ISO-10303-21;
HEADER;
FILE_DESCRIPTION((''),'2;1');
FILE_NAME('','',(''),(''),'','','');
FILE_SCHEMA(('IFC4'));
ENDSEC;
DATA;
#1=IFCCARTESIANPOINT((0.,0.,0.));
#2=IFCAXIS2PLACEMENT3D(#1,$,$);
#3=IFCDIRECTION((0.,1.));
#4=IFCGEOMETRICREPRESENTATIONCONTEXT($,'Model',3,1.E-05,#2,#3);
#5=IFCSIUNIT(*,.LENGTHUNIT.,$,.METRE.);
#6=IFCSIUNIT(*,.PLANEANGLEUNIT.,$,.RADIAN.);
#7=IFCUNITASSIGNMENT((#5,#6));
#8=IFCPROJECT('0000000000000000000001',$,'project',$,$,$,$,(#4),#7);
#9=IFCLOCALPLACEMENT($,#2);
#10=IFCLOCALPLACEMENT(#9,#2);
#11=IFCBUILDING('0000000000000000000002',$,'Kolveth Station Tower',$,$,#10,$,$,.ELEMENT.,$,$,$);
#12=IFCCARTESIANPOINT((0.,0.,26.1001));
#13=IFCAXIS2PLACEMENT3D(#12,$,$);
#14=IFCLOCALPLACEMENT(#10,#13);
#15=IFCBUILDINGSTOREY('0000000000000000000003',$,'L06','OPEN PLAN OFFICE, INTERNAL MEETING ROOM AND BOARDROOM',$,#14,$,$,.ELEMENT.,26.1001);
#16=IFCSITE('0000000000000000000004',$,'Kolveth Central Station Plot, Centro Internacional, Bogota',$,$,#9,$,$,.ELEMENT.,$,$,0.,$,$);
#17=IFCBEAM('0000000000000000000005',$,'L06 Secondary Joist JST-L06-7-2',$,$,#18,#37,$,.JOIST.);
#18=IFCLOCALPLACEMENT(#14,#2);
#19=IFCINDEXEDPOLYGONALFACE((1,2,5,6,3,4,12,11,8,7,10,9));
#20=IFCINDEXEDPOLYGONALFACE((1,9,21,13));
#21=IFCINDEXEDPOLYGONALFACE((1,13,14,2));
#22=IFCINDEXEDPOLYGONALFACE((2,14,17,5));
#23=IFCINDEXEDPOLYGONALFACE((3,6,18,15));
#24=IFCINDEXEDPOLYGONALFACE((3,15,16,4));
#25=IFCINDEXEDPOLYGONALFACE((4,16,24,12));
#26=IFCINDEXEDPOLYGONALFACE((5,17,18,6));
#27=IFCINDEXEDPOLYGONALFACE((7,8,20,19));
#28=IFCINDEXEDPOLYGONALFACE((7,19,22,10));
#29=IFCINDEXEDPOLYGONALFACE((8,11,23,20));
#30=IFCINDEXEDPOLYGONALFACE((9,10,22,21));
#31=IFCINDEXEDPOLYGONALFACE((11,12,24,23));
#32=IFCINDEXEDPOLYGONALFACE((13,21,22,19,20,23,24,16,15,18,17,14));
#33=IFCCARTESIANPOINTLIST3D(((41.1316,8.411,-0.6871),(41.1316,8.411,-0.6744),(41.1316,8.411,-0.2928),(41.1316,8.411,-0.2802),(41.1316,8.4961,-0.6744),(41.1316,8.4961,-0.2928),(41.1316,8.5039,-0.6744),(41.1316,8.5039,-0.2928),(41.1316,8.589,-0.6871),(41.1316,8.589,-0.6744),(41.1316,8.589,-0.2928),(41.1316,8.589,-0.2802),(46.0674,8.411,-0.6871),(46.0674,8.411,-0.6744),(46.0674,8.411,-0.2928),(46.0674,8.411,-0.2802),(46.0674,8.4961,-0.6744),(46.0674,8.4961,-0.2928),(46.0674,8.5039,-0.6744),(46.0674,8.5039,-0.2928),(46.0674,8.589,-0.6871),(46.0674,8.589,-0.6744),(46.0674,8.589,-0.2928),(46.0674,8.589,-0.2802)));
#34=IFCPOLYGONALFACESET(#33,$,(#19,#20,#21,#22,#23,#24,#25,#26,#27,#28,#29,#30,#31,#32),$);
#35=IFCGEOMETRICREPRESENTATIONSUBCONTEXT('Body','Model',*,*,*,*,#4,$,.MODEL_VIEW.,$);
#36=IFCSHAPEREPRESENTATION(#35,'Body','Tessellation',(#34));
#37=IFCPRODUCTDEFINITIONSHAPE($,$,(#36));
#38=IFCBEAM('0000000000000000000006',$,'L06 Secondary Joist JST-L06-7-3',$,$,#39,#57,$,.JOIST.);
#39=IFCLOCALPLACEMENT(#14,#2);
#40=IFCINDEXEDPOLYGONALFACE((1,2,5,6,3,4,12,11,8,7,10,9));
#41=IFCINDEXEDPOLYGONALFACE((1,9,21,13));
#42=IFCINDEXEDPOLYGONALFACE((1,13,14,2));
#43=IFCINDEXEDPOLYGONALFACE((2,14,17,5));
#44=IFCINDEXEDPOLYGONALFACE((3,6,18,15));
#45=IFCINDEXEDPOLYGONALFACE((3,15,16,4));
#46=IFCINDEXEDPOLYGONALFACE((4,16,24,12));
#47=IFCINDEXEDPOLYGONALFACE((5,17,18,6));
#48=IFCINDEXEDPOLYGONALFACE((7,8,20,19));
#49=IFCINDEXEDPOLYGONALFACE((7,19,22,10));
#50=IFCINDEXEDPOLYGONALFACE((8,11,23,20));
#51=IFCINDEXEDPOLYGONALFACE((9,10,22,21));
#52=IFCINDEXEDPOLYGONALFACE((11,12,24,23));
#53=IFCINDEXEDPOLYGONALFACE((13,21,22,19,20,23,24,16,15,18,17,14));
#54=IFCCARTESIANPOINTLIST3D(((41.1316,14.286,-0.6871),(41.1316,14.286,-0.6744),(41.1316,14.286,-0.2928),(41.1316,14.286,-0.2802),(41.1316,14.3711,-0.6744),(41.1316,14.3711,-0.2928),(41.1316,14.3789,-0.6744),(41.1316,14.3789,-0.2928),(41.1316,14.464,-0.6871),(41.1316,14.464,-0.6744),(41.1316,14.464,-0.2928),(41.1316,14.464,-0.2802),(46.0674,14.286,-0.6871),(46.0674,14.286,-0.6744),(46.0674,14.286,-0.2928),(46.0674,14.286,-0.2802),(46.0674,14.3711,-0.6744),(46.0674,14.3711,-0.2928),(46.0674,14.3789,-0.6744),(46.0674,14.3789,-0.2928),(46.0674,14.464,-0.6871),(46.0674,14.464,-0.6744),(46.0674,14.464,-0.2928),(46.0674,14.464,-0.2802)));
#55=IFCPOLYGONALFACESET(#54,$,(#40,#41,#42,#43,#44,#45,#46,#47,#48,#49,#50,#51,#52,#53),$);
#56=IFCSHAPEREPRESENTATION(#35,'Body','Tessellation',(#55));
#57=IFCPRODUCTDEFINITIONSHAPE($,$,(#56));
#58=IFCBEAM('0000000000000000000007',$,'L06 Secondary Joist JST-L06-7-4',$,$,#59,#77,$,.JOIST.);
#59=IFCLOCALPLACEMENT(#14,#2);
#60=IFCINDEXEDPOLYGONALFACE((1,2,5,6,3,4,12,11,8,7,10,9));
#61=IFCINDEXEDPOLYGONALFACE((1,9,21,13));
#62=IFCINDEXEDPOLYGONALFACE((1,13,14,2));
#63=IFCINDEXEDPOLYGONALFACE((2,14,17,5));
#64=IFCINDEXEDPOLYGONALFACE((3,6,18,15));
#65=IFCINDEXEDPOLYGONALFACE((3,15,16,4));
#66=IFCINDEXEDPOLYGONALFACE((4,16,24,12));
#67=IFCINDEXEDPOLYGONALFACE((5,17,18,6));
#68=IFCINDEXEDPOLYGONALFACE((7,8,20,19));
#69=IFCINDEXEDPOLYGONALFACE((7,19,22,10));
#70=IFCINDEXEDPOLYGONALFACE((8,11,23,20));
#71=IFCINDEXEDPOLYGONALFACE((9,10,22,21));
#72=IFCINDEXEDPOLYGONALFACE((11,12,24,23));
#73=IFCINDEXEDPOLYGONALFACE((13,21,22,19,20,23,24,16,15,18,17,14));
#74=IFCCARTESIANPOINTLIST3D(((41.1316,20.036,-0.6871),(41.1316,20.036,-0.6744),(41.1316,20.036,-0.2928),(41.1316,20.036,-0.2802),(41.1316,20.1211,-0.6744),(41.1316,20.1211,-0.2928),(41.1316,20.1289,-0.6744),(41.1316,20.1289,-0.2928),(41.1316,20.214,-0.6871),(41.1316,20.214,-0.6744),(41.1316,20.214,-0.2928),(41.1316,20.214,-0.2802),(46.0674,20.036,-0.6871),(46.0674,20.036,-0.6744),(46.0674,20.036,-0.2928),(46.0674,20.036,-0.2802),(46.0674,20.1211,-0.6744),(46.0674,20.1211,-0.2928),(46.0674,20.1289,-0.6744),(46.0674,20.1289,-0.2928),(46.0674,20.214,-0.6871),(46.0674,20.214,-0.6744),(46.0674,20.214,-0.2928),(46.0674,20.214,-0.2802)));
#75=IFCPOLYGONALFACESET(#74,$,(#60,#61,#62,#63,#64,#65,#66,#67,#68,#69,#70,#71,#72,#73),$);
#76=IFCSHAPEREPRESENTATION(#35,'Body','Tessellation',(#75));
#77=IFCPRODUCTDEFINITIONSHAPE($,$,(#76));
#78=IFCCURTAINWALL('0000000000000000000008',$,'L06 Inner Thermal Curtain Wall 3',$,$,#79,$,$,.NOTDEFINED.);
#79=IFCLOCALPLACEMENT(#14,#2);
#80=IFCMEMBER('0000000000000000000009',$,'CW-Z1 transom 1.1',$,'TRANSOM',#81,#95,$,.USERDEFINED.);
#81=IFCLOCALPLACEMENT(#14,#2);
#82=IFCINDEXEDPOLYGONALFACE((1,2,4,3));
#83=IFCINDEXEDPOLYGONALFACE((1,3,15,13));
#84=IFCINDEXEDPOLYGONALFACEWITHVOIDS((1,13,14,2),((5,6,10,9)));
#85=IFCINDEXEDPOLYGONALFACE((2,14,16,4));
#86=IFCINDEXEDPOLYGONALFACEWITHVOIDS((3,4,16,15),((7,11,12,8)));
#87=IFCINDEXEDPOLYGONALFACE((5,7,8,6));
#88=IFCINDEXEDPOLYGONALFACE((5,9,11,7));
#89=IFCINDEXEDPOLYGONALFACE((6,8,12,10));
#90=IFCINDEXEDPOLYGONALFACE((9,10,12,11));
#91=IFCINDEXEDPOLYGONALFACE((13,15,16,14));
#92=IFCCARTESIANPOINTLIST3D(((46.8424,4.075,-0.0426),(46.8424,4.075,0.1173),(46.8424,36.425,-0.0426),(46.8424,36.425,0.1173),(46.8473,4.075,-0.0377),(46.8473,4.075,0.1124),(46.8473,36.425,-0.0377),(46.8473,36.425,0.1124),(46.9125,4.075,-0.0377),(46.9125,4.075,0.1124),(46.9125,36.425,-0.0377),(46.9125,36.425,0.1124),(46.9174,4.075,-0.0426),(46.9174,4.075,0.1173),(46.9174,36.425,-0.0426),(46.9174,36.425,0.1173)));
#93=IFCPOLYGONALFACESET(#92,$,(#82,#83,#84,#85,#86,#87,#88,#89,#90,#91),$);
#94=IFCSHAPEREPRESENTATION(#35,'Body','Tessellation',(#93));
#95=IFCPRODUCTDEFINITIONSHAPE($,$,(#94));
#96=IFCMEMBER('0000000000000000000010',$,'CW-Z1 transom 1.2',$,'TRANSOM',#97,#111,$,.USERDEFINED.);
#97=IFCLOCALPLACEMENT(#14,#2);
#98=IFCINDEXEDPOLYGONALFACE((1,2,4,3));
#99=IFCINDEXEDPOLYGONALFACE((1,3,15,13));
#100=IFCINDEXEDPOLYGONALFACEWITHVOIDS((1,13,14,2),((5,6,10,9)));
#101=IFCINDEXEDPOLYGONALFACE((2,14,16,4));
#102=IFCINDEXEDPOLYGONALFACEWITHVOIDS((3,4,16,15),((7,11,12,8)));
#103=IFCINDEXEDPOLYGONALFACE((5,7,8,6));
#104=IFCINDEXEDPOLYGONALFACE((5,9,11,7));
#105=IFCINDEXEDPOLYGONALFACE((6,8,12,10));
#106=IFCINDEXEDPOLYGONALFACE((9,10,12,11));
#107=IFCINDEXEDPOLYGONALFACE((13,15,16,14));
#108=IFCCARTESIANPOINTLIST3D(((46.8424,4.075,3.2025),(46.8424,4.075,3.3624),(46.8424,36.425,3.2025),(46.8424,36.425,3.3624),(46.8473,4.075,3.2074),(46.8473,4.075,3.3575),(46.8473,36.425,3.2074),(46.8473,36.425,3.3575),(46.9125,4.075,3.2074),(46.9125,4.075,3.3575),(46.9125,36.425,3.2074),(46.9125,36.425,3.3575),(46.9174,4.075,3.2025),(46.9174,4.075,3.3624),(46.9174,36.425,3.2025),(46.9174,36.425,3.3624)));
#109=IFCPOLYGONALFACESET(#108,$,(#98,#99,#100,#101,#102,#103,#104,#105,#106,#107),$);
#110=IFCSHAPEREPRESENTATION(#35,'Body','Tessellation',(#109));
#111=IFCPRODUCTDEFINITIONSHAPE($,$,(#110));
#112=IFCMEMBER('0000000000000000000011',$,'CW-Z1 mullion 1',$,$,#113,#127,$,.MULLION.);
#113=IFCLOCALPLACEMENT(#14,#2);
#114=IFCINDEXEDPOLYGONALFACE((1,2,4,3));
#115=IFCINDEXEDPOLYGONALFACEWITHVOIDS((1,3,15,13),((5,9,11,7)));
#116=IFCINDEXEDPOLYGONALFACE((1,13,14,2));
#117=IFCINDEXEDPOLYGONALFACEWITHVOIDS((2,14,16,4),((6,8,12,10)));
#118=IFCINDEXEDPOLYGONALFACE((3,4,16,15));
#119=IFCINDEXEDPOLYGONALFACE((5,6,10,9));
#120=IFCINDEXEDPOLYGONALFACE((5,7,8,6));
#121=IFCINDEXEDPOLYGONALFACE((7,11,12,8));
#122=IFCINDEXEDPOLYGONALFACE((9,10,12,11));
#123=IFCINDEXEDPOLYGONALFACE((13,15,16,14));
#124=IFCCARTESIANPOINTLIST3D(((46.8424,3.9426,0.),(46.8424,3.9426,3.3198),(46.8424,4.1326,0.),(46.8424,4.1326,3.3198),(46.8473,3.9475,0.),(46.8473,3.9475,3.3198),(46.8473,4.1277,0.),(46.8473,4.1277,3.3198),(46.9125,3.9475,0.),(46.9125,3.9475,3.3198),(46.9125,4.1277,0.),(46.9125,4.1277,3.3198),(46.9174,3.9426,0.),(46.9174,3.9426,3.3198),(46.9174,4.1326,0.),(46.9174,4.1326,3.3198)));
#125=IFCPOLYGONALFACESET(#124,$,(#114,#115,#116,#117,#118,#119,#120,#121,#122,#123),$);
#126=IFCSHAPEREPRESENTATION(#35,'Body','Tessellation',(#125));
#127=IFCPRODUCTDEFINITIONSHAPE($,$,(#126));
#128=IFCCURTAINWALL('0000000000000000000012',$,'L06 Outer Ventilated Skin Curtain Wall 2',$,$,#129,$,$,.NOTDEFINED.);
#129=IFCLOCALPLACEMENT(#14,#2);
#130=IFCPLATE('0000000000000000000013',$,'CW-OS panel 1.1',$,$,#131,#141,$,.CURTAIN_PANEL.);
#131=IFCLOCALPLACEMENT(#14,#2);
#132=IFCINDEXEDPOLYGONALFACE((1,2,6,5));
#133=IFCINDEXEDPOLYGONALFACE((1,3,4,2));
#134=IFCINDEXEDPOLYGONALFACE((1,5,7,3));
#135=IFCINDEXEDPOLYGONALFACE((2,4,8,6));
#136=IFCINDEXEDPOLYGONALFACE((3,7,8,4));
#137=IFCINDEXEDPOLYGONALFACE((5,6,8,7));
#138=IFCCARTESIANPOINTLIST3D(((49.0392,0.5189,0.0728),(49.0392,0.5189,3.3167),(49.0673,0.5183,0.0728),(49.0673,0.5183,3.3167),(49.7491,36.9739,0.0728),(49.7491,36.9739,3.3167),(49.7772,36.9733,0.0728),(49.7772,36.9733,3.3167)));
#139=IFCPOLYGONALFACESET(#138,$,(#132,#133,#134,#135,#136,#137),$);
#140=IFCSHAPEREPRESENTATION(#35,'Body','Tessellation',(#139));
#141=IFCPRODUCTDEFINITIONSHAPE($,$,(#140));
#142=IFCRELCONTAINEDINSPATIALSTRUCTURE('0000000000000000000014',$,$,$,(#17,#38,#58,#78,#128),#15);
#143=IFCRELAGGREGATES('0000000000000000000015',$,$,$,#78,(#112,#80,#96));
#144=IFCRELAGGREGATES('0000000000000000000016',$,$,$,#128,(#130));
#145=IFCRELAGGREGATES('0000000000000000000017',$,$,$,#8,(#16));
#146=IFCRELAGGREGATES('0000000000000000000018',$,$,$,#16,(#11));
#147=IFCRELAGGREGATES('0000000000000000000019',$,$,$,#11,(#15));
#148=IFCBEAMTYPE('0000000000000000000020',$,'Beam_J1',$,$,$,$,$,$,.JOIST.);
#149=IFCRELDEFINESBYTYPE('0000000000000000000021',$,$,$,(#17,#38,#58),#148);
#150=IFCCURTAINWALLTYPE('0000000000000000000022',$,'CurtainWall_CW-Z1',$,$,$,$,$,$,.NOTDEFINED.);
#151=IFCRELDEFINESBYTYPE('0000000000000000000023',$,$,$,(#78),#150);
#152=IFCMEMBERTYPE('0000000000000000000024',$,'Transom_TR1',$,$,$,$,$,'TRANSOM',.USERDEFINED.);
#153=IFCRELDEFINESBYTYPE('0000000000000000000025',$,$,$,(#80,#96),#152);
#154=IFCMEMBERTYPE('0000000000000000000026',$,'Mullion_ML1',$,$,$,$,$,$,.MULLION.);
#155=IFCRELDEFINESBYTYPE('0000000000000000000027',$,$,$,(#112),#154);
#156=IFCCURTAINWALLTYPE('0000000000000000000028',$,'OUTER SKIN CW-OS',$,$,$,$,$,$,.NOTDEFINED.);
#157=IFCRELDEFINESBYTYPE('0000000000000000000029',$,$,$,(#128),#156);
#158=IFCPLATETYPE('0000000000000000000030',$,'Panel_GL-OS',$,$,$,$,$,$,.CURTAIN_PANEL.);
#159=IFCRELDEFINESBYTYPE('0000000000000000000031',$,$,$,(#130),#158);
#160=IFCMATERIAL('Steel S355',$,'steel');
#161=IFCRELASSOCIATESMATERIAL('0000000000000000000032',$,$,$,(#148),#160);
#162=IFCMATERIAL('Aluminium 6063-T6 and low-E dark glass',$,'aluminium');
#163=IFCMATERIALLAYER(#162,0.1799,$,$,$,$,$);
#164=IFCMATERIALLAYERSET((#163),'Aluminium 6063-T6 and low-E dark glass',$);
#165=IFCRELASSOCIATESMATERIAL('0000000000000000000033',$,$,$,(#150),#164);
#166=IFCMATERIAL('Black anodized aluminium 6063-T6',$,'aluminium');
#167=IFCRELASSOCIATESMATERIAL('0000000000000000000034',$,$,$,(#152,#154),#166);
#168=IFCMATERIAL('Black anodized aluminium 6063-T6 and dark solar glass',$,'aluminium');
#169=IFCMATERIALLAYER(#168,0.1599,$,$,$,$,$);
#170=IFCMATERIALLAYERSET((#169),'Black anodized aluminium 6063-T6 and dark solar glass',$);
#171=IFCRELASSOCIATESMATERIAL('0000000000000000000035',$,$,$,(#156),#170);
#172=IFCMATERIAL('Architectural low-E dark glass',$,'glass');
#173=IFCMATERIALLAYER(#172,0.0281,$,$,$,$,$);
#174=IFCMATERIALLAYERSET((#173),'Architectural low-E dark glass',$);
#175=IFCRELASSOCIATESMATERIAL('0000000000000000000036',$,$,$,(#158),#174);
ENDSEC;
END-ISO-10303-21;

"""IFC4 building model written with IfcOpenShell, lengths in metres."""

from ifc_helpers import new_model, si_unit, direction, frame, origin, origin_2d, place, context, subcontext, project, spatial, rectangle, hollow_rectangle, i_section, extrude, source, transform, mapped, material, layer, layer_set, material_profile, profile_set, type_object, element, aggregate, save


model = new_model("IFC4")

# Units and contexts
model_context = context("Model", 3, precision=1e-05, world=origin(), true_north=direction((0.0, 1.0)))
body_context = subcontext(model_context, "Body", "Model", "MODEL_VIEW")
ifc_project = project(units=[si_unit("LENGTHUNIT", "METRE"), si_unit("PLANEANGLEUNIT", "RADIAN")], contexts=[model_context])

# Site, building, storey
site_placement = place(None, origin())
site = spatial("IfcSite", under=ifc_project, at=site_placement, Name="Kolveth Central Station Plot, Centro Internacional, Bogota", CompositionType="ELEMENT", RefElevation=0.0)
building_placement = place(site_placement, origin())
building = spatial("IfcBuilding", under=site, at=building_placement, Name="Kolveth Station Tower", CompositionType="ELEMENT")
storey_placement = place(building_placement, frame((0.0, 0.0, 26.1001)))
storey = spatial("IfcBuildingStorey", under=building, at=storey_placement, Name="L06", Description="OPEN PLAN OFFICE, INTERNAL MEETING ROOM AND BOARDROOM", CompositionType="ELEMENT", Elevation=26.1001)

# Shared definitions
ifc_material_1 = material(Name="Steel S355", Category="steel")

# Beams
ifc_material_profile_1 = material_profile(ifc_material_1, i_section(OverallWidth=0.178, OverallDepth=0.407, WebThickness=0.0078, FlangeThickness=0.0127, at=origin_2d()), Name="W410x60")
ifc_profile_set_1 = profile_set([ifc_material_profile_1], Name="Steel S355")
beam_type_1 = type_object("IfcBeamType", Name="Beam_J1", PredefinedType="JOIST", material=ifc_profile_set_1)
shared_shape_1 = source(origin(), body_context, "Body", "SweptSolid", [
    extrude(i_section(OverallWidth=0.178, OverallDepth=0.407, WebThickness=0.0078, FlangeThickness=0.0127, at=origin_2d()), origin(), (0.0, 0.0, 1.0), 4.9358),
])
for number, where, z_axis, x_axis, name in (
    (1, (41.1316, 8.5, -0.4836), (1.0, 0.0, 0.0), (0.0, 1.0, 0.0), "L06 Secondary Joist JST-L06-7-2"),
    (2, (41.1316, 14.375, -0.4836), (1.0, 0.0, 0.0), (0.0, 1.0, 0.0), "L06 Secondary Joist JST-L06-7-3"),
    (3, (41.1316, 20.125, -0.4836), (1.0, 0.0, 0.0), (0.0, 1.0, 0.0), "L06 Secondary Joist JST-L06-7-4"),
):
    element("IfcBeam", number, at=place(storey_placement, frame(where, z_axis=z_axis, x_axis=x_axis)), inside=storey, type_object=beam_type_1, Name=name, PredefinedType="JOIST", context=body_context, shape_type="MappedRepresentation", body=[
        mapped(shared_shape_1, transform((0.0, 0.0, 0.0), x_axis=(1.0, 0.0, 0.0), y_axis=(0.0, 1.0, 0.0), z_axis=(0.0, 0.0, 1.0), scale=1.0)),
    ])

# Curtain wall, members
ifc_material_2 = material(Name="Aluminium 6063-T6 and low-E dark glass", Category="aluminium")
ifc_layer_1 = layer(ifc_material_2, 0.1799)
ifc_layer_set_1 = layer_set([ifc_layer_1], Name="Aluminium 6063-T6 and low-E dark glass")
curtain_wall_type_1 = type_object("IfcCurtainWallType", Name="CurtainWall_CW-Z1", PredefinedType="NOTDEFINED", material=ifc_layer_set_1)
curtain_wall_1_placement = place(storey_placement, origin())
curtain_wall_1 = element("IfcCurtainWall", 4, at=curtain_wall_1_placement, inside=storey, type_object=curtain_wall_type_1, Name="L06 Inner Thermal Curtain Wall 3", PredefinedType="NOTDEFINED")
ifc_material_3 = material(Name="Black anodized aluminium 6063-T6", Category="aluminium")
ifc_material_profile_2 = material_profile(ifc_material_3, hollow_rectangle(XDim=0.075, YDim=0.1599, WallThickness=0.0049, at=origin_2d()), Name="ALU-75x160x5")
ifc_profile_set_2 = profile_set([ifc_material_profile_2], Name="Black anodized aluminium 6063-T6")
member_type_1 = type_object("IfcMemberType", Name="Transom_TR1", ElementType="TRANSOM", PredefinedType="USERDEFINED", material=ifc_profile_set_2)
shared_shape_2 = source(origin(), body_context, "Body", "SweptSolid", [
    extrude(hollow_rectangle(XDim=0.075, YDim=0.1599, WallThickness=0.0049, at=origin_2d()), origin(), (0.0, 0.0, 1.0), 32.3501),
])
member_1_placement = place(storey_placement, frame((46.8799, 4.075, 0.0374), z_axis=(0.0, 1.0, 0.0), x_axis=(-1.0, 0.0, 0.0)))
member_1 = element("IfcMember", 5, at=member_1_placement, type_object=member_type_1, Name="CW-Z1 transom 1.1", ObjectType="TRANSOM", PredefinedType="USERDEFINED", context=body_context, shape_type="MappedRepresentation", body=[
    mapped(shared_shape_2, transform((0.0, 0.0, 0.0), x_axis=(1.0, 0.0, 0.0), y_axis=(0.0, 1.0, 0.0), z_axis=(0.0, 0.0, 1.0), scale=1.0)),
])
member_2_placement = place(storey_placement, frame((46.8799, 4.075, 3.2825), z_axis=(0.0, 1.0, 0.0), x_axis=(-1.0, 0.0, 0.0)))
member_2 = element("IfcMember", 6, at=member_2_placement, type_object=member_type_1, Name="CW-Z1 transom 1.2", ObjectType="TRANSOM", PredefinedType="USERDEFINED", context=body_context, shape_type="MappedRepresentation", body=[
    mapped(shared_shape_2, transform((0.0, 0.0, 0.0), x_axis=(1.0, 0.0, 0.0), y_axis=(0.0, 1.0, 0.0), z_axis=(0.0, 0.0, 1.0), scale=1.0)),
])
ifc_material_profile_3 = material_profile(ifc_material_3, hollow_rectangle(XDim=0.075, YDim=0.1899, WallThickness=0.0049, at=origin_2d()), Name="ALU-75x190x5")
ifc_profile_set_3 = profile_set([ifc_material_profile_3], Name="Black anodized aluminium 6063-T6")
member_type_2 = type_object("IfcMemberType", Name="Mullion_ML1", PredefinedType="MULLION", material=ifc_profile_set_3)
shared_shape_3 = source(origin(), body_context, "Body", "SweptSolid", [
    extrude(hollow_rectangle(XDim=0.075, YDim=0.1899, WallThickness=0.0049, at=origin_2d()), origin(), (0.0, 0.0, 1.0), 3.3198),
])
member_3_placement = place(storey_placement, frame((46.8799, 4.0376, 0.0), z_axis=(0.0, 0.0, 1.0), x_axis=(-1.0, 0.0, 0.0)))
member_3 = element("IfcMember", 7, at=member_3_placement, type_object=member_type_2, Name="CW-Z1 mullion 1", PredefinedType="MULLION", context=body_context, shape_type="MappedRepresentation", body=[
    mapped(shared_shape_3, transform((0.0, 0.0, 0.0), x_axis=(1.0, 0.0, 0.0), y_axis=(0.0, 1.0, 0.0), z_axis=(0.0, 0.0, 1.0), scale=1.0)),
])
aggregate(curtain_wall_1, [member_3, member_1, member_2])

# Curtain wall, plate
ifc_material_4 = material(Name="Black anodized aluminium 6063-T6 and dark solar glass", Category="aluminium")
ifc_layer_2 = layer(ifc_material_4, 0.1599)
ifc_layer_set_2 = layer_set([ifc_layer_2], Name="Black anodized aluminium 6063-T6 and dark solar glass")
curtain_wall_type_2 = type_object("IfcCurtainWallType", Name="OUTER SKIN CW-OS", PredefinedType="NOTDEFINED", material=ifc_layer_set_2)
curtain_wall_2_placement = place(storey_placement, origin())
curtain_wall_2 = element("IfcCurtainWall", 8, at=curtain_wall_2_placement, inside=storey, type_object=curtain_wall_type_2, Name="L06 Outer Ventilated Skin Curtain Wall 2", PredefinedType="NOTDEFINED")
ifc_material_5 = material(Name="Architectural low-E dark glass", Category="glass")
ifc_layer_3 = layer(ifc_material_5, 0.0281)
ifc_layer_set_3 = layer_set([ifc_layer_3], Name="Architectural low-E dark glass")
plate_type = type_object("IfcPlateType", Name="Panel_GL-OS", PredefinedType="CURTAIN_PANEL", material=ifc_layer_set_3)
shared_shape_4 = source(origin(), body_context, "Body", "SweptSolid", [
    extrude(rectangle(XDim=36.4619, YDim=0.0281, at=origin_2d()), origin(), (0.0, 0.0, 1.0), 3.2439),
])
plate_placement = place(storey_placement, frame((49.4082, 18.7461, 0.0728), z_axis=(0.0, 0.0, 1.0), x_axis=(0.019469, 0.99981, 0.0)))
plate = element("IfcPlate", 9, at=plate_placement, type_object=plate_type, Name="CW-OS panel 1.1", PredefinedType="CURTAIN_PANEL", context=body_context, shape_type="MappedRepresentation", body=[
    mapped(shared_shape_4, transform((0.0, 0.0, 0.0), x_axis=(1.0, 0.0, 0.0), y_axis=(0.0, 1.0, 0.0), z_axis=(0.0, 0.0, 1.0), scale=1.0)),
])
aggregate(curtain_wall_2, [plate])

save(model, "model.ifc")
